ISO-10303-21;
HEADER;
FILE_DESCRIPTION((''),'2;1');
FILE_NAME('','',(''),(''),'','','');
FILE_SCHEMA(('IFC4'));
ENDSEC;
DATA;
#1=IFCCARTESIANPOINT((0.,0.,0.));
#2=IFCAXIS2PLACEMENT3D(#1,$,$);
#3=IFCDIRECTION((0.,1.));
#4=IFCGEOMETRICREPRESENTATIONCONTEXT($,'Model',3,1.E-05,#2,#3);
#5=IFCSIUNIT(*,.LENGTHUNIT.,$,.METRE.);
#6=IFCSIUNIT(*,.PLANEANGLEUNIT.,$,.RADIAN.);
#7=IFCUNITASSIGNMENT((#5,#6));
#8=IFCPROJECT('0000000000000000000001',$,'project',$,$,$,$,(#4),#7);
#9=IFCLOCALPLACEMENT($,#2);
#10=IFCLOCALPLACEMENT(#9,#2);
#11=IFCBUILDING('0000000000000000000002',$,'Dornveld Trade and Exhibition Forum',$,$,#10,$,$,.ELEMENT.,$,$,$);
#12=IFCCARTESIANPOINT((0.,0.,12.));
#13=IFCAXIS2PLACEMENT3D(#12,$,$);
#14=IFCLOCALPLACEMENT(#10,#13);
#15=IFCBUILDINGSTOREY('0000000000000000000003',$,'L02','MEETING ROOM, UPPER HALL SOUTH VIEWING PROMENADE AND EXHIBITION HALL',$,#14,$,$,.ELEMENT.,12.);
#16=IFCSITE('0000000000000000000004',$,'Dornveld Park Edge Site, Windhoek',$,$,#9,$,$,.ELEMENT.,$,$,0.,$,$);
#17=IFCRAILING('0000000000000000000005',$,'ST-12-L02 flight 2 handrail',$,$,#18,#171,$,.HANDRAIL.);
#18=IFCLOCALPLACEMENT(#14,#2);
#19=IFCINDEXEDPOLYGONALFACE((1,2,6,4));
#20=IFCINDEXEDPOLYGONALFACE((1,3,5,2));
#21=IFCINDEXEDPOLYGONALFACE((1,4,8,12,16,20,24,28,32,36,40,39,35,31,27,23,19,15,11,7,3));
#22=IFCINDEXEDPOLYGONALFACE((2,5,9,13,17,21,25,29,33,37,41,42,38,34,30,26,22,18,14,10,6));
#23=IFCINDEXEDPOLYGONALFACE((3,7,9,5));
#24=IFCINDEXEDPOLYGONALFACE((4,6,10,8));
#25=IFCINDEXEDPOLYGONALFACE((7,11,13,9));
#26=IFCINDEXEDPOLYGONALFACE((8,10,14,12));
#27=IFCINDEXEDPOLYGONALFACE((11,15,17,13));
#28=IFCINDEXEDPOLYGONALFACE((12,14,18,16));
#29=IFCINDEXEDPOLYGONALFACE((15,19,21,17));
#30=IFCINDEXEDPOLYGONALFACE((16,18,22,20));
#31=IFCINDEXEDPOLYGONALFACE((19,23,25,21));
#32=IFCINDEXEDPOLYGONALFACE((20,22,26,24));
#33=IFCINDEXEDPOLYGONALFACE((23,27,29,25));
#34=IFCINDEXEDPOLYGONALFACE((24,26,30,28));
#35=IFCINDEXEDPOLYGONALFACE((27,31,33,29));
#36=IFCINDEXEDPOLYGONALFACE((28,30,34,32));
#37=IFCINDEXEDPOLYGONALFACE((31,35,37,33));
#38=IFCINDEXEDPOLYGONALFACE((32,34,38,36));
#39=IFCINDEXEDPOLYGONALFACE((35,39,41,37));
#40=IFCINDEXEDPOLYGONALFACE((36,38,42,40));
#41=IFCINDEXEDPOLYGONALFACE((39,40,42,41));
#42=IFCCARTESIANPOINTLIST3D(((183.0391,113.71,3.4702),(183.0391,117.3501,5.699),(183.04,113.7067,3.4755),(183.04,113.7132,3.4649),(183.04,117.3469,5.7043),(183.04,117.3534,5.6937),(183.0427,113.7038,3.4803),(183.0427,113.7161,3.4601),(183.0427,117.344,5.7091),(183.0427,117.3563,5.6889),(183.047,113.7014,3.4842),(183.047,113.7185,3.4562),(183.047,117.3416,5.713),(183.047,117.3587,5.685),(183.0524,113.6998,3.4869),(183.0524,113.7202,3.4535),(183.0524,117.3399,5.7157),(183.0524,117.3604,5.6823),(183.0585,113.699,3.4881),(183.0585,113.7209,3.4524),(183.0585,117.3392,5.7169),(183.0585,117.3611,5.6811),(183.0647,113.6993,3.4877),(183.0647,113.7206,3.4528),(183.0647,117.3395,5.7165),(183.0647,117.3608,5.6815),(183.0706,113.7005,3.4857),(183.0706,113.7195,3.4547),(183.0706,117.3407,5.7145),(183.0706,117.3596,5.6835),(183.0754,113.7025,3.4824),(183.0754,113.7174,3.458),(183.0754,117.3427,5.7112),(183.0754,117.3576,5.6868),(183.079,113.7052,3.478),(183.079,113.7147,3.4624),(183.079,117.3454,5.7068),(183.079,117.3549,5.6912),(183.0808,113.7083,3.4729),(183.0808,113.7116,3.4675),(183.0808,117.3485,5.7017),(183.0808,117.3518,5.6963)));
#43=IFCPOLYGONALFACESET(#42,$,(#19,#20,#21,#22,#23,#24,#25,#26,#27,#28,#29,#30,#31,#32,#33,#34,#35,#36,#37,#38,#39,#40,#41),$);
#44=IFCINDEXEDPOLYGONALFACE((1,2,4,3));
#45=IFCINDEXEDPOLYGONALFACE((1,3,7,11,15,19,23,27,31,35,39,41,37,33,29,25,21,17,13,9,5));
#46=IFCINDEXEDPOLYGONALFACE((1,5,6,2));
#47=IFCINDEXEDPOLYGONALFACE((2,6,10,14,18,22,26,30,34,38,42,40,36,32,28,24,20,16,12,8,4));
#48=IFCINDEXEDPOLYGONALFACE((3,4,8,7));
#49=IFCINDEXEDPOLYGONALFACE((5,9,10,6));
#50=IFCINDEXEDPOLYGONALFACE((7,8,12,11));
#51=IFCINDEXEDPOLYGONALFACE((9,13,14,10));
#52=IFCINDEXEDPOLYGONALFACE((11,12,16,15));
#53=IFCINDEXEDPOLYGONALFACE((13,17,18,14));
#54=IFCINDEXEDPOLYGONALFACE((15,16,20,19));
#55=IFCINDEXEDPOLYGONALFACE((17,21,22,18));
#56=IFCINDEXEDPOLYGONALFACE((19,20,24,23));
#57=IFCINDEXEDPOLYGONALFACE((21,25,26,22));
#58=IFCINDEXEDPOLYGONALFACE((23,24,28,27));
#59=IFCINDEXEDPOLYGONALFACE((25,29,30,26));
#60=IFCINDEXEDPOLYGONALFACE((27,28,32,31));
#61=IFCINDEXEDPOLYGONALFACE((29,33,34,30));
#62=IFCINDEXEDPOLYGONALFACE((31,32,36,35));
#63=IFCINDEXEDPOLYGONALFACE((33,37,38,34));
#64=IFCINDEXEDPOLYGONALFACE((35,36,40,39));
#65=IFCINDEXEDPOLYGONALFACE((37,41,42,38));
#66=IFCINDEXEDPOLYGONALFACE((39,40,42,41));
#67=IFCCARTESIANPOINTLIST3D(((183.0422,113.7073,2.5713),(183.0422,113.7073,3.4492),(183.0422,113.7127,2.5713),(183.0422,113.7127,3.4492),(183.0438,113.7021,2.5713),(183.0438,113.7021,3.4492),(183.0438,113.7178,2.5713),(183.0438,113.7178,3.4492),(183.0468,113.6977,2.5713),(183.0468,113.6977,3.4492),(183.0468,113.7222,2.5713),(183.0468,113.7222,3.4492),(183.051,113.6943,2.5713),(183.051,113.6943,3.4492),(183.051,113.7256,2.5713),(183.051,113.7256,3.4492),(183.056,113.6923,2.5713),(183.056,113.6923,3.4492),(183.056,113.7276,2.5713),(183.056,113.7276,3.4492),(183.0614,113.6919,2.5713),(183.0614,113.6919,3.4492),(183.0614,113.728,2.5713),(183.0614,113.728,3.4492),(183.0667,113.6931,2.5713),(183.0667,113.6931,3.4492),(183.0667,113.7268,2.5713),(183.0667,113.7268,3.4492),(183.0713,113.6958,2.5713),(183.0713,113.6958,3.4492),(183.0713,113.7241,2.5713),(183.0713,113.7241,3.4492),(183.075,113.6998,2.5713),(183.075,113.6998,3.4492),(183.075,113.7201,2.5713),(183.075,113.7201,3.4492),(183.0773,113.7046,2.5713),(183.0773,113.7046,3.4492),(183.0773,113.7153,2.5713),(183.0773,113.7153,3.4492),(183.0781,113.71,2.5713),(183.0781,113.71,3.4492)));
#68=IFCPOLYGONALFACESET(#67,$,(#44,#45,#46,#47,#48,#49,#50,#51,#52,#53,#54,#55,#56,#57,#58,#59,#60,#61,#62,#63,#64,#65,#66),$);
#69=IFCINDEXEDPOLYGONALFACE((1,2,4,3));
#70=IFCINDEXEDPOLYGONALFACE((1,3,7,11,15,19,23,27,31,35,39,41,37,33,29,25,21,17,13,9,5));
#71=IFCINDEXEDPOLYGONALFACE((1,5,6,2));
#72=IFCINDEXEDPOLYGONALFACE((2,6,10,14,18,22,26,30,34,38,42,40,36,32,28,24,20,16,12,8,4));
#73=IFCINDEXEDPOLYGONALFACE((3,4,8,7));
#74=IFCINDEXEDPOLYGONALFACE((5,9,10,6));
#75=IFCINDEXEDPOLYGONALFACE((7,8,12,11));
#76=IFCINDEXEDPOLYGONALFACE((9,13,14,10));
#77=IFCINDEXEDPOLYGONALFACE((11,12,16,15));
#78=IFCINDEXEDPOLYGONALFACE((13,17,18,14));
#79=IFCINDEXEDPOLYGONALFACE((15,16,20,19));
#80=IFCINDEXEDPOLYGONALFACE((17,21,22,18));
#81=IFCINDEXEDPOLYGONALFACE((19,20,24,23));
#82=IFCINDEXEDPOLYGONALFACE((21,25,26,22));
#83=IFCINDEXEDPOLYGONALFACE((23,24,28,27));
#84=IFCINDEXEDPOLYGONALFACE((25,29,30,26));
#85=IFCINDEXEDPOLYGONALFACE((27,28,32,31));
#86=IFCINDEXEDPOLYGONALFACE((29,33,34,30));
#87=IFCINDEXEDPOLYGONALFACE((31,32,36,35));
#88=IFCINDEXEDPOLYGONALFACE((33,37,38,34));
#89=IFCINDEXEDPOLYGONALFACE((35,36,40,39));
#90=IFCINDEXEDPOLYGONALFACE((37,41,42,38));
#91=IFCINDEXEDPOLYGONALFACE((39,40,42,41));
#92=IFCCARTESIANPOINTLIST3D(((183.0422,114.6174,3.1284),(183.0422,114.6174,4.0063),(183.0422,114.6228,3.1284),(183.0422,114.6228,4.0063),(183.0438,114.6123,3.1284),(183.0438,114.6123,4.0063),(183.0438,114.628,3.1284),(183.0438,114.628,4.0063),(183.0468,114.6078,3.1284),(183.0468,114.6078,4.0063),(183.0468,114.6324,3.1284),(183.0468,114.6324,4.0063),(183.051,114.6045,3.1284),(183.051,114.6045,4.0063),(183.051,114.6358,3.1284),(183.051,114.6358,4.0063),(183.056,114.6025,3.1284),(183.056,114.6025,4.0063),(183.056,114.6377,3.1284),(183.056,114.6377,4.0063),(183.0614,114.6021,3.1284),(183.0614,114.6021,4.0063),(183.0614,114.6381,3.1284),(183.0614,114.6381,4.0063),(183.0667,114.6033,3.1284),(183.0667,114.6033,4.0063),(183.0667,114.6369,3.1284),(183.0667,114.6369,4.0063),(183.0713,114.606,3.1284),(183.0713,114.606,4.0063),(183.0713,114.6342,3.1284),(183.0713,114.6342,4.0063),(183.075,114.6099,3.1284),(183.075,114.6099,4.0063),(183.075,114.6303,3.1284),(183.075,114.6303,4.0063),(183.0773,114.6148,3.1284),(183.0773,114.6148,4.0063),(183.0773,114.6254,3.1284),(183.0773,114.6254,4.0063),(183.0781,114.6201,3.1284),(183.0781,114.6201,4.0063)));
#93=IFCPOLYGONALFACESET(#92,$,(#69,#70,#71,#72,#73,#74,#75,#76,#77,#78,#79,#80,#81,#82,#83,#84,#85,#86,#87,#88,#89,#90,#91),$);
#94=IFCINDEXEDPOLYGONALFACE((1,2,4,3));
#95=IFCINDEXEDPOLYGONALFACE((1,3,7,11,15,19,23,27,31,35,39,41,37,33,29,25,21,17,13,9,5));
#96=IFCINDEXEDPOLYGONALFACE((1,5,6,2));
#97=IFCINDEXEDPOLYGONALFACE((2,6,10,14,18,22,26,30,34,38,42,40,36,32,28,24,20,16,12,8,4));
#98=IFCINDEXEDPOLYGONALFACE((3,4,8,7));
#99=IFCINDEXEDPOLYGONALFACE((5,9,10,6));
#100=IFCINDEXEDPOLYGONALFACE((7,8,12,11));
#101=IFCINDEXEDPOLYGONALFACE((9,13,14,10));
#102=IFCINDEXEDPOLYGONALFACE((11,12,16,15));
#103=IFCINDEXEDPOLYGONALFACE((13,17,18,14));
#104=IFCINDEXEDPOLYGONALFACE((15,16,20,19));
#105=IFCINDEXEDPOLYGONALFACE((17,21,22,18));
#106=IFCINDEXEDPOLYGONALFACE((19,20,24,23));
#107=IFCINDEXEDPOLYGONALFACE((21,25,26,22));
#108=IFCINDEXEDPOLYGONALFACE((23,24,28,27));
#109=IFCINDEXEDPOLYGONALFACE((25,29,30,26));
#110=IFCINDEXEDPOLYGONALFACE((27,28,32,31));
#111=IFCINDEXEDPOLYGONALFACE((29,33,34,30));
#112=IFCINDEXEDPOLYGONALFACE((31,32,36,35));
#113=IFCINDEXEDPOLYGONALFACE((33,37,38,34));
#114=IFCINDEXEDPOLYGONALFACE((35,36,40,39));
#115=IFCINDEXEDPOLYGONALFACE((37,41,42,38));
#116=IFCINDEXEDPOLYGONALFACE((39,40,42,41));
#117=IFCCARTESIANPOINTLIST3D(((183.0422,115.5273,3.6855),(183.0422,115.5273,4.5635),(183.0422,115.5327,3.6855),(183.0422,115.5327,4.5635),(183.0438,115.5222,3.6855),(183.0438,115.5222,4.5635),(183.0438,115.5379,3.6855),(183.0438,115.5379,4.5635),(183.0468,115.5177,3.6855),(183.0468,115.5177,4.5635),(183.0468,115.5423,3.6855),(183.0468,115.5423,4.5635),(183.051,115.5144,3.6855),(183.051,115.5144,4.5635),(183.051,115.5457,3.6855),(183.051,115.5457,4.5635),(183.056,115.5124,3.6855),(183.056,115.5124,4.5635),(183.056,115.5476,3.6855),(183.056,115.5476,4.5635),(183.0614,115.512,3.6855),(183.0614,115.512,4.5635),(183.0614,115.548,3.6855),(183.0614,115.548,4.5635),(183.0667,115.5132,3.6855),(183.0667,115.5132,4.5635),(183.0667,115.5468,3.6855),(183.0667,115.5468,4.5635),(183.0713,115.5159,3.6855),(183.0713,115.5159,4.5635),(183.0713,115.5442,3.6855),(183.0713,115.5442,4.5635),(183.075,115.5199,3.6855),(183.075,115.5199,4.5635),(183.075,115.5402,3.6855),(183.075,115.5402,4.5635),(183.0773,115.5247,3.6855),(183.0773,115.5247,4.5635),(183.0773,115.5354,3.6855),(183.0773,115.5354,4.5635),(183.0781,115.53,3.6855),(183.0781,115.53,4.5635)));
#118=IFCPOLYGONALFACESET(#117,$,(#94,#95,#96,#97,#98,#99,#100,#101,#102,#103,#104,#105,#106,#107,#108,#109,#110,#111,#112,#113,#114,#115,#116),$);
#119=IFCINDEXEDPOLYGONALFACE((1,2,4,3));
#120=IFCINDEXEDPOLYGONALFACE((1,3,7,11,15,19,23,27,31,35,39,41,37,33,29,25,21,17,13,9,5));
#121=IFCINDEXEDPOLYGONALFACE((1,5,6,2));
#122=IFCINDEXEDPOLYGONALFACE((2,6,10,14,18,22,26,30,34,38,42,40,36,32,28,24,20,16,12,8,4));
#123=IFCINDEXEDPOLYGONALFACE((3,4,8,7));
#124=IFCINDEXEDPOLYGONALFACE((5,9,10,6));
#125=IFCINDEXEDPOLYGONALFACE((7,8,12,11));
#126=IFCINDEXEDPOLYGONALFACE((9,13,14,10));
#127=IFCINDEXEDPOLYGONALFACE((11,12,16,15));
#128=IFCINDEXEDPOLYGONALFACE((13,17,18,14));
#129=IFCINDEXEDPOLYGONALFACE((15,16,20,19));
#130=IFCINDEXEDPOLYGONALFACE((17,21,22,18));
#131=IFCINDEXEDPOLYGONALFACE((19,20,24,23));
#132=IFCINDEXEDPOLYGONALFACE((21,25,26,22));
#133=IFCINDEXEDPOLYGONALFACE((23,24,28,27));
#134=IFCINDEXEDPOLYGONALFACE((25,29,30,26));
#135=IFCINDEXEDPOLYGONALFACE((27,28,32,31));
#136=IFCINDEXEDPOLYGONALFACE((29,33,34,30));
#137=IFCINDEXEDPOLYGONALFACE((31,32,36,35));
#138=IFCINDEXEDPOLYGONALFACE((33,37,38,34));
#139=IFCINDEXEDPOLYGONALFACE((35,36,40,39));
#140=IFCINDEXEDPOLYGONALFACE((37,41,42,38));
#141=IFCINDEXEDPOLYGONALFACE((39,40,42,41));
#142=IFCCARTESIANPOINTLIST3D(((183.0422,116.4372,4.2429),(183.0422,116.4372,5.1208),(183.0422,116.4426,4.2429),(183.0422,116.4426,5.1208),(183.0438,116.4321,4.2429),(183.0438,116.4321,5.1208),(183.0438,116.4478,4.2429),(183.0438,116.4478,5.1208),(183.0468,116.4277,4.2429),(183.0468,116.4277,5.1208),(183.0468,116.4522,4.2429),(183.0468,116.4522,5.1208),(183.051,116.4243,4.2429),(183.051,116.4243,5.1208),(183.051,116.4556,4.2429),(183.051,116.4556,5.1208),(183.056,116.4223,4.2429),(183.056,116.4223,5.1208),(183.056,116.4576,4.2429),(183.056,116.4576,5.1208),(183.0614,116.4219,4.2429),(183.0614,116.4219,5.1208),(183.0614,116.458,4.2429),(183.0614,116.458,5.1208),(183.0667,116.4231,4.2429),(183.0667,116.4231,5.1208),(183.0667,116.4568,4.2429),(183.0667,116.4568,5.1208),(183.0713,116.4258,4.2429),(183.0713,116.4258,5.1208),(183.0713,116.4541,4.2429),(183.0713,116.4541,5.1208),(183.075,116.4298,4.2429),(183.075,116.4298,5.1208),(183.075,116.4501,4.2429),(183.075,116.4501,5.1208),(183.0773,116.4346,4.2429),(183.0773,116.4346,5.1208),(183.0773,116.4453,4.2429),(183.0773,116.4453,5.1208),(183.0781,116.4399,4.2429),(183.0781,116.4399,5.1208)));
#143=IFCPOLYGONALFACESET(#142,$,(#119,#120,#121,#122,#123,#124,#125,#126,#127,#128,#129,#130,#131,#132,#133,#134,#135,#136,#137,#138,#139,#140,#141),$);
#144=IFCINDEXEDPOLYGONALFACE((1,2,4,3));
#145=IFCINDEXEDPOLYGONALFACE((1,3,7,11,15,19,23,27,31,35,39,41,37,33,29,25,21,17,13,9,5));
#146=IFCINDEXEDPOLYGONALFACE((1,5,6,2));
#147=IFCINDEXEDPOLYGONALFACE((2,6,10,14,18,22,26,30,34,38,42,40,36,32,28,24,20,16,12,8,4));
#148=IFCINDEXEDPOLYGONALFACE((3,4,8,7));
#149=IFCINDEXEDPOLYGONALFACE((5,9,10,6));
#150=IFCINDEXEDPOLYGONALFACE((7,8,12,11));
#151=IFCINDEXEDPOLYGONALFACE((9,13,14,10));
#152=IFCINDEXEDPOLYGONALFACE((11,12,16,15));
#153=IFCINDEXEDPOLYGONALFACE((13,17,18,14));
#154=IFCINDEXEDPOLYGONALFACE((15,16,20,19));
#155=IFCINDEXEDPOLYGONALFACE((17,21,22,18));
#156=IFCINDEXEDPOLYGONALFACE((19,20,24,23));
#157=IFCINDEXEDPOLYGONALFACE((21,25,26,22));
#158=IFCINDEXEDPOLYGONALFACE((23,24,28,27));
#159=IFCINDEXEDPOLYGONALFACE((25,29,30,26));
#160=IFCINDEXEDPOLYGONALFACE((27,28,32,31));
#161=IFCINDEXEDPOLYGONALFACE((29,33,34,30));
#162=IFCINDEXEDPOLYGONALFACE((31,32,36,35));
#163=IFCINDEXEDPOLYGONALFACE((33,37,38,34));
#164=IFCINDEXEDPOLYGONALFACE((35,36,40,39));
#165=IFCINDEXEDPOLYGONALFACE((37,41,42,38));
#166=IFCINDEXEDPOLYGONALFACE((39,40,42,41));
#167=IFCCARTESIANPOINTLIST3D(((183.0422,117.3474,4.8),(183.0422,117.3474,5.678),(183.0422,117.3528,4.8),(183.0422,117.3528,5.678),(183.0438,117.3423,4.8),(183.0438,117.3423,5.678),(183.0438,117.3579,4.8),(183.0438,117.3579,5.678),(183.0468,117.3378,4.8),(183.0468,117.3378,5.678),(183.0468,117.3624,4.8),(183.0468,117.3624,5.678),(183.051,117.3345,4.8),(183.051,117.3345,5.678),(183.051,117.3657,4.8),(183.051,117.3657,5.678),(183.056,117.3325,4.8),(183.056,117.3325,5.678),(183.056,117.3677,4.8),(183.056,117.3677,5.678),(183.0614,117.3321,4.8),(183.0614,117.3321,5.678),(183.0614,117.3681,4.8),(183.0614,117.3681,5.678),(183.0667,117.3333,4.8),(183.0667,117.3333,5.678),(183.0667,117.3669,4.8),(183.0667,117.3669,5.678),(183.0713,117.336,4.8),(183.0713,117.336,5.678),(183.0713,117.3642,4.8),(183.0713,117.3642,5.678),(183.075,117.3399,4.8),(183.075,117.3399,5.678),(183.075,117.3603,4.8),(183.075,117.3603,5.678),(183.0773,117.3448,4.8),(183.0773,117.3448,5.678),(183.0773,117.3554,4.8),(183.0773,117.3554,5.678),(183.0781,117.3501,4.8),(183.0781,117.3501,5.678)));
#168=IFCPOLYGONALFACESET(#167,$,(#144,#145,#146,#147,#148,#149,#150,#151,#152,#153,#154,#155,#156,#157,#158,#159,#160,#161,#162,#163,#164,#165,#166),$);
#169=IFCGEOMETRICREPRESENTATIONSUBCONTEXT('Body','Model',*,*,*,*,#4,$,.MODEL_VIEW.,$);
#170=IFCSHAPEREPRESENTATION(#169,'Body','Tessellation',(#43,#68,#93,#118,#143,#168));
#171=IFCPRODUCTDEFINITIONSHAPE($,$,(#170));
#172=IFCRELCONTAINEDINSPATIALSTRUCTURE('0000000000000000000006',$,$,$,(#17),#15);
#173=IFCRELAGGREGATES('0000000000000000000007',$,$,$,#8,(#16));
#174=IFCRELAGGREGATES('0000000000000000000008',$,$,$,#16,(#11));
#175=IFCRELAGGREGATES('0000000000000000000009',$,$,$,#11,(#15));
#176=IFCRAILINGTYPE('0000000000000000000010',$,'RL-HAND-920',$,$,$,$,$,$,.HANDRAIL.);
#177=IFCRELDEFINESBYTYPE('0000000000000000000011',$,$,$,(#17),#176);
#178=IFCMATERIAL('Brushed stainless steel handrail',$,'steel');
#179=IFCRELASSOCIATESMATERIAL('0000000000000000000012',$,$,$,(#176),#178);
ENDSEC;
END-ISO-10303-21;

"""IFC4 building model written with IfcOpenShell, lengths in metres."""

from ifc_helpers import new_model, si_unit, direction, frame, origin, origin_2d, place, context, subcontext, project, spatial, circle, extrude, material, type_object, element, save


model = new_model("IFC4")

# Units and contexts
model_context = context("Model", 3, precision=1e-05, world=origin(), true_north=direction((0.0, 1.0)))
body_context = subcontext(model_context, "Body", "Model", "MODEL_VIEW")
ifc_project = project(units=[si_unit("LENGTHUNIT", "METRE"), si_unit("PLANEANGLEUNIT", "RADIAN")], contexts=[model_context])

# Site, building, storey
site_placement = place(None, origin())
site = spatial("IfcSite", under=ifc_project, at=site_placement, Name="Dornveld Park Edge Site, Windhoek", CompositionType="ELEMENT", RefElevation=0.0)
building_placement = place(site_placement, origin())
building = spatial("IfcBuilding", under=site, at=building_placement, Name="Dornveld Trade and Exhibition Forum", CompositionType="ELEMENT")
storey_placement = place(building_placement, frame((0.0, 0.0, 12.0)))
storey = spatial("IfcBuildingStorey", under=building, at=storey_placement, Name="L02", Description="MEETING ROOM, UPPER HALL SOUTH VIEWING PROMENADE AND EXHIBITION HALL", CompositionType="ELEMENT", Elevation=12.0)

# Railing
ifc_material_1 = material(Name="Brushed stainless steel handrail", Category="steel")
railing_type_1 = type_object("IfcRailingType", Name="RL-HAND-920", PredefinedType="HANDRAIL", material=ifc_material_1)
railing_1_placement = place(storey_placement, frame((183.0601, 113.71, 2.5713)))
element("IfcRailing", 1, at=railing_1_placement, inside=storey, type_object=railing_type_1, Name="ST-12-L02 flight 2 handrail", PredefinedType="HANDRAIL", context=body_context, shape_type="SweptSolid", body=[
    extrude(circle(Radius=0.021, at=origin_2d()), frame((0.0, 0.0, 0.8989), z_axis=(0.0, 0.85284, 0.522172), x_axis=(-1.0, 0.0, 0.0)), (0.0, 0.0, 1.0), 4.2683),
    extrude(circle(Radius=0.0181, at=origin_2d()), origin(), (0.0, 0.0, 1.0), 0.8779),
    extrude(circle(Radius=0.0181, at=origin_2d()), frame((0.0, 0.9102, 0.5571)), (0.0, 0.0, 1.0), 0.8779),
    extrude(circle(Radius=0.0181, at=origin_2d()), frame((0.0, 1.8201, 1.1143)), (0.0, 0.0, 1.0), 0.8779),
    extrude(circle(Radius=0.0181, at=origin_2d()), frame((0.0, 2.73, 1.6716)), (0.0, 0.0, 1.0), 0.8779),
    extrude(circle(Radius=0.0181, at=origin_2d()), frame((0.0, 3.6401, 2.2288)), (0.0, 0.0, 1.0), 0.8779),
])

save(model, "model.ifc")
